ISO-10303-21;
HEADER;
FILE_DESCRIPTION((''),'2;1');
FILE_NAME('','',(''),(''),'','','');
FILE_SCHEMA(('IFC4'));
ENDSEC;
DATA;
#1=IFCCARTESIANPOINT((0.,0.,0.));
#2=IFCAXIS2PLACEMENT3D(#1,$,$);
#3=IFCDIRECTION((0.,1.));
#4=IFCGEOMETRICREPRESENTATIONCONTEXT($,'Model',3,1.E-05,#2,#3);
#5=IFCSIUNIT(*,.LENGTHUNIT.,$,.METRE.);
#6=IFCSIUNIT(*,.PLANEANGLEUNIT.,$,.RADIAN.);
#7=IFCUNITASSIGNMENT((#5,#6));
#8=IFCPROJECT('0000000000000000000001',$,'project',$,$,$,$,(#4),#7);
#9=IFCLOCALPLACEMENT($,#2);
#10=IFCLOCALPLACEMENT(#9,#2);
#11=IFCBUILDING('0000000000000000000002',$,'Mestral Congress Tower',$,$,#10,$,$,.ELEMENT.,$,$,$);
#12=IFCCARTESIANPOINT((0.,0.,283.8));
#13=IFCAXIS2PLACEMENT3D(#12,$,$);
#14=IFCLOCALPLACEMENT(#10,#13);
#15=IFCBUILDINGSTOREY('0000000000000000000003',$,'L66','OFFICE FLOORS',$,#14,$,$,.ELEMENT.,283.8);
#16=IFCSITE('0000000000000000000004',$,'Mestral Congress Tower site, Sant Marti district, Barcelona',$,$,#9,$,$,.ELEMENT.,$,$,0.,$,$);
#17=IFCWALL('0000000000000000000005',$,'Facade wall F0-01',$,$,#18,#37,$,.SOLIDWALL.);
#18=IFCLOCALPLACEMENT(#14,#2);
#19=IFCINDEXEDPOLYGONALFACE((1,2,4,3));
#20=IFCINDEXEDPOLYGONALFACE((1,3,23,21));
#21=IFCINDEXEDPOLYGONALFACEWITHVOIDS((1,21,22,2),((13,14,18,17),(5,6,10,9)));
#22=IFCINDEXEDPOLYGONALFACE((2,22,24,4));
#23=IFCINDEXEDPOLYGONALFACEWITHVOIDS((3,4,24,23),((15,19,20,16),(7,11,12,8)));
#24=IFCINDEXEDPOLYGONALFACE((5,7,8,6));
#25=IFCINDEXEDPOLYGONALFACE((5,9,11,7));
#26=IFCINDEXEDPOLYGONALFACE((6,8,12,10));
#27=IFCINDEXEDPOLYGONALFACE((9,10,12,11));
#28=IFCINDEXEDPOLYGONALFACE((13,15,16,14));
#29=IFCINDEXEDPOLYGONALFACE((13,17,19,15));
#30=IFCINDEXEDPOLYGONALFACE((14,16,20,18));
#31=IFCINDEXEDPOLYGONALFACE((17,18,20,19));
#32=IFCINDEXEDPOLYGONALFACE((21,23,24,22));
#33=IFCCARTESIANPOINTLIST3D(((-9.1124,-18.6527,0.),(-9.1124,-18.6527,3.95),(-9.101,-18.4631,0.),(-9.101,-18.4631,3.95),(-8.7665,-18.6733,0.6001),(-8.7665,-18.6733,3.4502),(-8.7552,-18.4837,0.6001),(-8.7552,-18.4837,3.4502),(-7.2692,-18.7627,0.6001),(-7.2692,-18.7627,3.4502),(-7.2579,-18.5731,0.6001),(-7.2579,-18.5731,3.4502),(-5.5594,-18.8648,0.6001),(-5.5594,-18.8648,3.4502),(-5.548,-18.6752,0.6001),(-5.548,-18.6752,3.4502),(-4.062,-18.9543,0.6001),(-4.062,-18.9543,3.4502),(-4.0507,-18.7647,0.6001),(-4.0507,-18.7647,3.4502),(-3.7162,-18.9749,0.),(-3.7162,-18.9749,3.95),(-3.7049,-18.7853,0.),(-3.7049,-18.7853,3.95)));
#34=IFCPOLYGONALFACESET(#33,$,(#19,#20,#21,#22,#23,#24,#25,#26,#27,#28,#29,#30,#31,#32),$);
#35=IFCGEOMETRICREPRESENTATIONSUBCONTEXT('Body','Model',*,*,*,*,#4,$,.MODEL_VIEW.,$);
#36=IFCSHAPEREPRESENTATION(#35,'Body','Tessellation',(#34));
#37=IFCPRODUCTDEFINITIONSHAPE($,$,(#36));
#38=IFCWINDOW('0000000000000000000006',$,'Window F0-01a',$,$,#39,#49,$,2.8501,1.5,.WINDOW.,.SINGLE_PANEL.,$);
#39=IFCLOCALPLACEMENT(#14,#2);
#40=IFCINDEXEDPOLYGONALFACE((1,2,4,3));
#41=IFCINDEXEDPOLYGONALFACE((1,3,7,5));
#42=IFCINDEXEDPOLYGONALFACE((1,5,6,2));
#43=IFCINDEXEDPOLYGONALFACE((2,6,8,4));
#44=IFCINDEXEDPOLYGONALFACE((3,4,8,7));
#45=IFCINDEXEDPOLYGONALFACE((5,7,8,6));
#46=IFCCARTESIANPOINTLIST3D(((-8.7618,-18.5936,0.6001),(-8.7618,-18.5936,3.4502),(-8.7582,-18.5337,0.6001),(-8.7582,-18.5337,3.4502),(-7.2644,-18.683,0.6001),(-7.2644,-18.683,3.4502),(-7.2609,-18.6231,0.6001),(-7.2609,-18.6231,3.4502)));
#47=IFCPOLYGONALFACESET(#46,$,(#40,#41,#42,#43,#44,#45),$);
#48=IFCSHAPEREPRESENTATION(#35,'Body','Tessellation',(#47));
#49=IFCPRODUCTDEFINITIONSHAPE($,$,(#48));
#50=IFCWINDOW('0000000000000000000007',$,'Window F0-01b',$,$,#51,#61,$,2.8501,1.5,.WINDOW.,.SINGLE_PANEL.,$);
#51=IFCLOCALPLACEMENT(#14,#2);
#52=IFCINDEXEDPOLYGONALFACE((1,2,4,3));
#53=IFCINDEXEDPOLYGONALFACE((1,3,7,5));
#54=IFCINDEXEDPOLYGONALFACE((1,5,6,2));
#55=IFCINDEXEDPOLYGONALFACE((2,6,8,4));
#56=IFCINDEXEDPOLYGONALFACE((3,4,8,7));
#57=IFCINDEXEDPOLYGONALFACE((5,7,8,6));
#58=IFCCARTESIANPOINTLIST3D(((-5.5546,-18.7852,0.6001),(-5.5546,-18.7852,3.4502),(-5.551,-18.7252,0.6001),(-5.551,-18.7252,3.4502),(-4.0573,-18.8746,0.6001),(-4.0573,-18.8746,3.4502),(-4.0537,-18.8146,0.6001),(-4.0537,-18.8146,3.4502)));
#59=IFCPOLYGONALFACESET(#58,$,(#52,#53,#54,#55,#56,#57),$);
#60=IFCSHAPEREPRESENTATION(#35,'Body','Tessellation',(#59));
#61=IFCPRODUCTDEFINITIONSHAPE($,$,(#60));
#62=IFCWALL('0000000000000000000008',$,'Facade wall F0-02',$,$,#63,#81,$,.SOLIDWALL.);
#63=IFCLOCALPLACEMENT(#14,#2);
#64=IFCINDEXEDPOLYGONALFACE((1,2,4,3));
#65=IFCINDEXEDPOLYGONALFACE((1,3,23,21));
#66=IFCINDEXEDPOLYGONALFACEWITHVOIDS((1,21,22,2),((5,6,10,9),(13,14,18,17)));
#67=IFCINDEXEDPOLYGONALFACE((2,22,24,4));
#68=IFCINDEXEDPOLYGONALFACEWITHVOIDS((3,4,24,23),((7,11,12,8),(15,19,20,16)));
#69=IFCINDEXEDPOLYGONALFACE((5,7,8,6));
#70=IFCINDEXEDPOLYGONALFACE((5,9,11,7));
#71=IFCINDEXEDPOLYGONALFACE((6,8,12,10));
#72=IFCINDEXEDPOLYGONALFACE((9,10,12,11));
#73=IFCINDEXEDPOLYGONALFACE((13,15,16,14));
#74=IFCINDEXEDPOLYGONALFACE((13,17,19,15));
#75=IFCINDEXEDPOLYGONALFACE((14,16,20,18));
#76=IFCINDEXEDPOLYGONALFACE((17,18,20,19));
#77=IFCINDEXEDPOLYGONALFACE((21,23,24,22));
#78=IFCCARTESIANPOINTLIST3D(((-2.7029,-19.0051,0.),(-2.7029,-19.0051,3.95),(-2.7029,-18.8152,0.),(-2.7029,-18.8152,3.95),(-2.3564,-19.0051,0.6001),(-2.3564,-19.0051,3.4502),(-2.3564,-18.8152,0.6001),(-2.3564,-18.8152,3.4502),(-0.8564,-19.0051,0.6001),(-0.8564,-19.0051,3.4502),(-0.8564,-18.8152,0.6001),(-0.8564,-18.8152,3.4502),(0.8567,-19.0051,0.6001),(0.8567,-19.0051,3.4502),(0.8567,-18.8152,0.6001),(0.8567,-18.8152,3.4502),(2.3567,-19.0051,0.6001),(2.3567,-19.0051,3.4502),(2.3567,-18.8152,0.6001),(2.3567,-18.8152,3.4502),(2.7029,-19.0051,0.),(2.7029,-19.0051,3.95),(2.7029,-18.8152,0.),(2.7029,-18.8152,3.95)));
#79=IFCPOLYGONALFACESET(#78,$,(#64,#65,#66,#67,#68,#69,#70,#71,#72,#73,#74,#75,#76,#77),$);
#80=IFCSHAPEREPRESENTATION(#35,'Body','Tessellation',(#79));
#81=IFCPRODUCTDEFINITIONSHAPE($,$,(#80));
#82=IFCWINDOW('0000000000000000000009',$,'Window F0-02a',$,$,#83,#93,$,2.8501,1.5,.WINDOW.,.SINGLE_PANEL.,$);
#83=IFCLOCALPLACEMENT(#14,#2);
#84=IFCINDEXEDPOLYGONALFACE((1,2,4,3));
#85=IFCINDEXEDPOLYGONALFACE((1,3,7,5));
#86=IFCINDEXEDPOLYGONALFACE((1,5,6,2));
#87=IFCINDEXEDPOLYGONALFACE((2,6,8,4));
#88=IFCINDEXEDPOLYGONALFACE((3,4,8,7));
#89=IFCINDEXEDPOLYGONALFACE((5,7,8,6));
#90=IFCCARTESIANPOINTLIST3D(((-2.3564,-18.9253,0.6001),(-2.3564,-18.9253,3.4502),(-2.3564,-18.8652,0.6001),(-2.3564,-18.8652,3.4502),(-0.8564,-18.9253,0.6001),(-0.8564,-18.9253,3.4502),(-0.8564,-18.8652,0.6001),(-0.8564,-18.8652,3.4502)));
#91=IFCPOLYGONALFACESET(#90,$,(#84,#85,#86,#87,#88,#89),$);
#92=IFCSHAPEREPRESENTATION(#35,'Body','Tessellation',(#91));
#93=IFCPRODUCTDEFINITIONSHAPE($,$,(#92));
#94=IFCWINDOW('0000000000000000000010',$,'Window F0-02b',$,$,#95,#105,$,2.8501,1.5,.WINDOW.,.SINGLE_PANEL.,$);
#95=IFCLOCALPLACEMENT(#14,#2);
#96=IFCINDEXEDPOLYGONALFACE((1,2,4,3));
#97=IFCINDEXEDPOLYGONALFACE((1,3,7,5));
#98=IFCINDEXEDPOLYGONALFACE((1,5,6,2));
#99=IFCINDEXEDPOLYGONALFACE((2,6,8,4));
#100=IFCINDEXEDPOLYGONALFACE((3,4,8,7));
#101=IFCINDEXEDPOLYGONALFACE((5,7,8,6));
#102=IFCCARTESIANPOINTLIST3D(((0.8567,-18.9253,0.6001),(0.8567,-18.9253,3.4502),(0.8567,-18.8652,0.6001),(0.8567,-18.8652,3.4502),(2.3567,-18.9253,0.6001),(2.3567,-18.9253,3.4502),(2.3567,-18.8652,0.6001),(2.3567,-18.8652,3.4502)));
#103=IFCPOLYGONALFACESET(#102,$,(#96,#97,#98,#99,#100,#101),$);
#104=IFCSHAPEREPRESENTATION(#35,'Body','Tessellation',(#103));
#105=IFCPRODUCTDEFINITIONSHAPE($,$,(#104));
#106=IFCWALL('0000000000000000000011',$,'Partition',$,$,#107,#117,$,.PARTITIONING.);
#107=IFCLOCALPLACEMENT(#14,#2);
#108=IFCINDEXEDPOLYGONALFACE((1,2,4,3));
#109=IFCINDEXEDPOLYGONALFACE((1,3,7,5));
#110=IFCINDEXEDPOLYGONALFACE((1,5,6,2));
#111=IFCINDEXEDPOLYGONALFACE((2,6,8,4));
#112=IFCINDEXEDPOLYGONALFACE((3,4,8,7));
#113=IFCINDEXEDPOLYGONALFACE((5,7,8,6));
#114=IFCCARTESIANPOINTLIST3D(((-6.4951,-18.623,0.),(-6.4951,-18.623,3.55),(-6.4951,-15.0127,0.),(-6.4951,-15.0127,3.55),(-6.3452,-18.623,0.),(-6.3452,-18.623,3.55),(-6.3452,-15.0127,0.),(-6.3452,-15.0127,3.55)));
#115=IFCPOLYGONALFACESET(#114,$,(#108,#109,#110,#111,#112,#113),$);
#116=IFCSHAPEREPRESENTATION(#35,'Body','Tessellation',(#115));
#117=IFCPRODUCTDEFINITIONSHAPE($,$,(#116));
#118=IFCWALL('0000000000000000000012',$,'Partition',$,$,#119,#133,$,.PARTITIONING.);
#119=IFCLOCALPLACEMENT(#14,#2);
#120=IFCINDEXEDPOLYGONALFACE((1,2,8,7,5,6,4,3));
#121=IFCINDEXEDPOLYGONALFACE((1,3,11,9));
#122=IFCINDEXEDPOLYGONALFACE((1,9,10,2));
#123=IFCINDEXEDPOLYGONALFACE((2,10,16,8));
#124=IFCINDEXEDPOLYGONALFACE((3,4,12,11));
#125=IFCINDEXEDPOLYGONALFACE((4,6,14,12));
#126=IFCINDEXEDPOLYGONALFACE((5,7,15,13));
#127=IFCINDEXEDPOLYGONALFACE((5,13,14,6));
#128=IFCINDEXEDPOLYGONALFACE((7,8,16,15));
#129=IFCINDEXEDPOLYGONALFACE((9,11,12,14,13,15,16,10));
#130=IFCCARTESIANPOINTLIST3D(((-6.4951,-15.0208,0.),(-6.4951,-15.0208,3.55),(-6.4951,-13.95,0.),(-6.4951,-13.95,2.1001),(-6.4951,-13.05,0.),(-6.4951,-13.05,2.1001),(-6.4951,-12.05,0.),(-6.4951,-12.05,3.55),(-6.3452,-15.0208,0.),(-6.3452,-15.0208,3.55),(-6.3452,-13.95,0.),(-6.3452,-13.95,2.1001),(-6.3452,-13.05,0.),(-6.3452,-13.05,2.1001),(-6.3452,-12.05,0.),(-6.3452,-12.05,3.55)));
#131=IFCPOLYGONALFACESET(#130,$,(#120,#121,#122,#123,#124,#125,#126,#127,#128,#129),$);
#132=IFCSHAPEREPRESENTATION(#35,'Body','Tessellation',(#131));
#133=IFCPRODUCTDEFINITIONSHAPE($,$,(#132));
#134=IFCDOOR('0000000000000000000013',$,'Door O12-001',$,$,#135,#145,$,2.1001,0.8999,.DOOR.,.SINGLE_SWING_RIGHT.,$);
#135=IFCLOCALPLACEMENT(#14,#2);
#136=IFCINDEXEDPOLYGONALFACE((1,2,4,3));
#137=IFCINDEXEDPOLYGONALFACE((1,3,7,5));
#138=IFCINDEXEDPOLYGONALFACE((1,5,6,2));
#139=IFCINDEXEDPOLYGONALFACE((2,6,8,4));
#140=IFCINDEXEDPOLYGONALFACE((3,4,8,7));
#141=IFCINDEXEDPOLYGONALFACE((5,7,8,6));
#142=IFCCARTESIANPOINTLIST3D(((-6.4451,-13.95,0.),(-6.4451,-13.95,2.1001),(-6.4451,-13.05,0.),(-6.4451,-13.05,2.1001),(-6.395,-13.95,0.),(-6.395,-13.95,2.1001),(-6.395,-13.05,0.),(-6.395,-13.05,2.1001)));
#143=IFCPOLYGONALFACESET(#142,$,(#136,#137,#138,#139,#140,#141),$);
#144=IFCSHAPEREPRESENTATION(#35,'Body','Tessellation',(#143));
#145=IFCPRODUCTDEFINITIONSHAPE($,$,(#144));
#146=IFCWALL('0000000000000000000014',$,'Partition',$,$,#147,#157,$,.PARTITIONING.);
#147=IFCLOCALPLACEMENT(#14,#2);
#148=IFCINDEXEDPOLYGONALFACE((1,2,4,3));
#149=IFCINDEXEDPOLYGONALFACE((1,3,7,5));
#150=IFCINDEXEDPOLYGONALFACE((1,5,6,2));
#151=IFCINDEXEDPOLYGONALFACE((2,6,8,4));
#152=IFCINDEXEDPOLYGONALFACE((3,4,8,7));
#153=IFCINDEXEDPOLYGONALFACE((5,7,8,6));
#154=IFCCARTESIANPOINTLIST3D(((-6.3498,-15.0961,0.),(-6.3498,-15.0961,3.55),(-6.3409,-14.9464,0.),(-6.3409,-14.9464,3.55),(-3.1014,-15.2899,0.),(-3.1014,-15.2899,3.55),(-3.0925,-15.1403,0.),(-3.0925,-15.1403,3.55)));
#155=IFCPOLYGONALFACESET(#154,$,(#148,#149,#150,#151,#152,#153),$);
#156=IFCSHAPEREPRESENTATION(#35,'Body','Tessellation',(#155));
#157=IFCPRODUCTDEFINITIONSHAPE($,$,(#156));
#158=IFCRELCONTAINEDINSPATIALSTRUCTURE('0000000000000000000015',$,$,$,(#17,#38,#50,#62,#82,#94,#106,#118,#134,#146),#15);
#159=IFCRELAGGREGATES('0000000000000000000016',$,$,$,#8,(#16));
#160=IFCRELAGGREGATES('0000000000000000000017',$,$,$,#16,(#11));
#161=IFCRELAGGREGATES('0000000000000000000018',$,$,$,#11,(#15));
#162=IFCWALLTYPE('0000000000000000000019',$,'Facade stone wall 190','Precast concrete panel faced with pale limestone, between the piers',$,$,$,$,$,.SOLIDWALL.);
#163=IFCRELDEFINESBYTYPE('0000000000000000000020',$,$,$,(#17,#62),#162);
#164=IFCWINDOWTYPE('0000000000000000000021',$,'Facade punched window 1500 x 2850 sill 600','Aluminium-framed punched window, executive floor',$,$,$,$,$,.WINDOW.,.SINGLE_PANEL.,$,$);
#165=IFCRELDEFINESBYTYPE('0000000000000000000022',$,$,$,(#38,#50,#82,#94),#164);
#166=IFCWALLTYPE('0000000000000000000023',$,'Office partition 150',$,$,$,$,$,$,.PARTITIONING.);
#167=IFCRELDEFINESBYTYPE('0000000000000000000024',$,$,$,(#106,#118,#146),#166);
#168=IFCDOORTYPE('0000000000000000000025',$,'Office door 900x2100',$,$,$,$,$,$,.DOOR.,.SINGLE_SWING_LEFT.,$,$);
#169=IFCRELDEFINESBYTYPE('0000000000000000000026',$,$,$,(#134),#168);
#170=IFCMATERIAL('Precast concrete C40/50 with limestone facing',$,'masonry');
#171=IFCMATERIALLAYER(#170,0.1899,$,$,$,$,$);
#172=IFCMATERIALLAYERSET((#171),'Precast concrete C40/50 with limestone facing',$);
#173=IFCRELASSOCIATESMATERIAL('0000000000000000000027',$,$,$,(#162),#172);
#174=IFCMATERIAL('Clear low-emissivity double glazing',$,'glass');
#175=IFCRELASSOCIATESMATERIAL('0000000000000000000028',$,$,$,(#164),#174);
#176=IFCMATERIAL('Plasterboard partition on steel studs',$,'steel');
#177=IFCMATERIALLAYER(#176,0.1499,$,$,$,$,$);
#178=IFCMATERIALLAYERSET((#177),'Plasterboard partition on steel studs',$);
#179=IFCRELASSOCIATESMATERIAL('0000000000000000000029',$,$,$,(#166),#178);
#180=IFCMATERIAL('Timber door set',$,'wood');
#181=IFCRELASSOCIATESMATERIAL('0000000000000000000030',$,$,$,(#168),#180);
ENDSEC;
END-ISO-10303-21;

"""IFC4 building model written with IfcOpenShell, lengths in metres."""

from ifc_helpers import new_model, si_unit, direction, frame, frame_2d, origin, place, context, subcontext, project, spatial, rectangle, extrude, material, layer, layer_set, type_object, element, fill, save


model = new_model("IFC4")

# Units and contexts
model_context = context("Model", 3, precision=1e-05, world=origin(), true_north=direction((0.0, 1.0)))
body_context = subcontext(model_context, "Body", "Model", "MODEL_VIEW")
ifc_project = project(units=[si_unit("LENGTHUNIT", "METRE"), si_unit("PLANEANGLEUNIT", "RADIAN")], contexts=[model_context])

# Site, building, storey
site_placement = place(None, origin())
site = spatial("IfcSite", under=ifc_project, at=site_placement, Name="Mestral Congress Tower site, Sant Marti district, Barcelona", CompositionType="ELEMENT", RefElevation=0.0)
building_placement = place(site_placement, origin())
building = spatial("IfcBuilding", under=site, at=building_placement, Name="Mestral Congress Tower", CompositionType="ELEMENT")
storey_placement = place(building_placement, frame((0.0, 0.0, 283.8)))
storey = spatial("IfcBuildingStorey", under=building, at=storey_placement, Name="L66", Description="OFFICE FLOORS", CompositionType="ELEMENT", Elevation=283.8)

# Walls, openings, windows
ifc_material_1 = material(Name="Precast concrete C40/50 with limestone facing", Category="masonry")
ifc_layer_1 = layer(ifc_material_1, 0.1899)
ifc_layer_set_1 = layer_set([ifc_layer_1], Name="Precast concrete C40/50 with limestone facing")
wall_type_1 = type_object("IfcWallType", Name="Facade stone wall 190", Description="Precast concrete panel faced with pale limestone, between the piers", PredefinedType="SOLIDWALL", material=ifc_layer_set_1)
wall_1_placement = place(storey_placement, frame((-9.1067, -18.5579, 0.0), z_axis=(0.0, 0.0, 1.0), x_axis=(0.998221, -0.059614, 0.0)))
wall_1 = element("IfcWall", 1, at=wall_1_placement, inside=storey, type_object=wall_type_1, Name="Facade wall F0-01", PredefinedType="SOLIDWALL", context=body_context, shape_type="SweptSolid", body=[
    extrude(rectangle(XDim=5.4058, YDim=0.1899, at=frame_2d((2.7029, 0.0))), origin(), (0.0, 0.0, 1.0), 3.95),
])
opening_1_placement = place(wall_1_placement, frame((0.3464, 0.0, 0.6001)))
opening_1 = element("IfcOpeningElement", 2, at=opening_1_placement, cuts=wall_1, PredefinedType="OPENING", context=body_context, shape_type="SweptSolid", body=[
    extrude(rectangle(XDim=1.5, YDim=2.8501, at=frame_2d((0.75, 1.425))), frame((0.0, 0.105, 0.0), z_axis=(0.0, -1.0, 0.0), x_axis=(1.0, 0.0, 0.0)), (0.0, 0.0, 1.0), 0.21),
])
opening_2_placement = place(wall_1_placement, frame((3.5593, 0.0, 0.6001)))
opening_2 = element("IfcOpeningElement", 3, at=opening_2_placement, cuts=wall_1, PredefinedType="OPENING", context=body_context, shape_type="SweptSolid", body=[
    extrude(rectangle(XDim=1.5, YDim=2.8501, at=frame_2d((0.75, 1.425))), frame((0.0, 0.105, 0.0), z_axis=(0.0, -1.0, 0.0), x_axis=(1.0, 0.0, 0.0)), (0.0, 0.0, 1.0), 0.21),
])
ifc_material_2 = material(Name="Clear low-emissivity double glazing", Category="glass")
window_type = type_object("IfcWindowType", Name="Facade punched window 1500 x 2850 sill 600", Description="Aluminium-framed punched window, executive floor", PartitioningType="SINGLE_PANEL", PredefinedType="WINDOW", material=ifc_material_2)
window_1_placement = place(opening_1_placement, origin())
window_1 = element("IfcWindow", 4, at=window_1_placement, inside=storey, type_object=window_type, Name="Window F0-01a", OverallHeight=2.8501, OverallWidth=1.5, PartitioningType="SINGLE_PANEL", PredefinedType="WINDOW", context=body_context, shape_type="SweptSolid", body=[
    extrude(rectangle(XDim=1.5, YDim=2.8501, at=frame_2d((0.75, 1.425))), frame((0.0, 0.0449, 0.0), z_axis=(0.0, -1.0, 0.0), x_axis=(1.0, 0.0, 0.0)), (0.0, 0.0, 1.0), 0.0601),
])
fill(opening_1, window_1)
window_2_placement = place(opening_2_placement, origin())
window_2 = element("IfcWindow", 5, at=window_2_placement, inside=storey, type_object=window_type, Name="Window F0-01b", OverallHeight=2.8501, OverallWidth=1.5, PartitioningType="SINGLE_PANEL", PredefinedType="WINDOW", context=body_context, shape_type="SweptSolid", body=[
    extrude(rectangle(XDim=1.5, YDim=2.8501, at=frame_2d((0.75, 1.425))), frame((0.0, 0.0449, 0.0), z_axis=(0.0, -1.0, 0.0), x_axis=(1.0, 0.0, 0.0)), (0.0, 0.0, 1.0), 0.0601),
])
fill(opening_2, window_2)
wall_2_placement = place(storey_placement, frame((-2.7029, -18.9102, 0.0), z_axis=(0.0, 0.0, 1.0), x_axis=(1.0, 0.0, 0.0)))
wall_2 = element("IfcWall", 6, at=wall_2_placement, inside=storey, type_object=wall_type_1, Name="Facade wall F0-02", PredefinedType="SOLIDWALL", context=body_context, shape_type="SweptSolid", body=[
    extrude(rectangle(XDim=5.4058, YDim=0.1899, at=frame_2d((2.7029, 0.0))), origin(), (0.0, 0.0, 1.0), 3.95),
])
opening_3_placement = place(wall_2_placement, frame((0.3464, 0.0, 0.6001)))
opening_3 = element("IfcOpeningElement", 7, at=opening_3_placement, cuts=wall_2, PredefinedType="OPENING", context=body_context, shape_type="SweptSolid", body=[
    extrude(rectangle(XDim=1.5, YDim=2.8501, at=frame_2d((0.75, 1.425))), frame((0.0, 0.105, 0.0), z_axis=(0.0, -1.0, 0.0), x_axis=(1.0, 0.0, 0.0)), (0.0, 0.0, 1.0), 0.21),
])
opening_4_placement = place(wall_2_placement, frame((3.5596, 0.0, 0.6001)))
opening_4 = element("IfcOpeningElement", 8, at=opening_4_placement, cuts=wall_2, PredefinedType="OPENING", context=body_context, shape_type="SweptSolid", body=[
    extrude(rectangle(XDim=1.5, YDim=2.8501, at=frame_2d((0.75, 1.425))), frame((0.0, 0.105, 0.0), z_axis=(0.0, -1.0, 0.0), x_axis=(1.0, 0.0, 0.0)), (0.0, 0.0, 1.0), 0.21),
])
window_3_placement = place(opening_3_placement, origin())
window_3 = element("IfcWindow", 9, at=window_3_placement, inside=storey, type_object=window_type, Name="Window F0-02a", OverallHeight=2.8501, OverallWidth=1.5, PartitioningType="SINGLE_PANEL", PredefinedType="WINDOW", context=body_context, shape_type="SweptSolid", body=[
    extrude(rectangle(XDim=1.5, YDim=2.8501, at=frame_2d((0.75, 1.425))), frame((0.0, 0.0449, 0.0), z_axis=(0.0, -1.0, 0.0), x_axis=(1.0, 0.0, 0.0)), (0.0, 0.0, 1.0), 0.0601),
])
fill(opening_3, window_3)
window_4_placement = place(opening_4_placement, origin())
window_4 = element("IfcWindow", 10, at=window_4_placement, inside=storey, type_object=window_type, Name="Window F0-02b", OverallHeight=2.8501, OverallWidth=1.5, PartitioningType="SINGLE_PANEL", PredefinedType="WINDOW", context=body_context, shape_type="SweptSolid", body=[
    extrude(rectangle(XDim=1.5, YDim=2.8501, at=frame_2d((0.75, 1.425))), frame((0.0, 0.0449, 0.0), z_axis=(0.0, -1.0, 0.0), x_axis=(1.0, 0.0, 0.0)), (0.0, 0.0, 1.0), 0.0601),
])
fill(opening_4, window_4)

# Wall
ifc_material_3 = material(Name="Plasterboard partition on steel studs", Category="steel")
ifc_layer_2 = layer(ifc_material_3, 0.1499)
ifc_layer_set_2 = layer_set([ifc_layer_2], Name="Plasterboard partition on steel studs")
wall_type_2 = type_object("IfcWallType", Name="Office partition 150", PredefinedType="PARTITIONING", material=ifc_layer_set_2)
wall_3_placement = place(storey_placement, frame((-6.4202, -15.0127, 0.0), z_axis=(0.0, 0.0, 1.0), x_axis=(0.0, -1.0, 0.0)))
element("IfcWall", 11, at=wall_3_placement, inside=storey, type_object=wall_type_2, Name="Partition", PredefinedType="PARTITIONING", context=body_context, shape_type="SweptSolid", body=[
    extrude(rectangle(XDim=3.6104, YDim=0.1499, at=frame_2d((1.8052, 0.0))), origin(), (0.0, 0.0, 1.0), 3.55),
])

# Wall, opening, door
wall_4_placement = place(storey_placement, frame((-6.4202, -15.0208, 0.0), z_axis=(0.0, 0.0, 1.0), x_axis=(0.0, 1.0, 0.0)))
wall_4 = element("IfcWall", 12, at=wall_4_placement, inside=storey, type_object=wall_type_2, Name="Partition", PredefinedType="PARTITIONING", context=body_context, shape_type="SweptSolid", body=[
    extrude(rectangle(XDim=2.9707, YDim=0.1499, at=frame_2d((1.4854, 0.0))), origin(), (0.0, 0.0, 1.0), 3.55),
])
opening_5_placement = place(wall_4_placement, frame((1.0708, 0.0, 0.0)))
opening_5 = element("IfcOpeningElement", 13, at=opening_5_placement, cuts=wall_4, PredefinedType="OPENING", context=body_context, shape_type="SweptSolid", body=[
    extrude(rectangle(XDim=0.8999, YDim=2.1001, at=frame_2d((0.45, 1.05))), frame((0.0, 0.085, 0.0), z_axis=(0.0, -1.0, 0.0), x_axis=(1.0, 0.0, 0.0)), (0.0, 0.0, 1.0), 0.1699),
])
ifc_material_4 = material(Name="Timber door set", Category="wood")
door_type_1 = type_object("IfcDoorType", Name="Office door 900x2100", OperationType="SINGLE_SWING_LEFT", PredefinedType="DOOR", material=ifc_material_4)
door_1_placement = place(opening_5_placement, origin())
door_1 = element("IfcDoor", 14, at=door_1_placement, inside=storey, type_object=door_type_1, Name="Door O12-001", OperationType="SINGLE_SWING_RIGHT", OverallHeight=2.1001, OverallWidth=0.8999, PredefinedType="DOOR", context=body_context, shape_type="SweptSolid", body=[
    extrude(rectangle(XDim=0.8999, YDim=2.1001, at=frame_2d((0.45, 1.05))), frame((0.0, 0.0249, 0.0), z_axis=(0.0, -1.0, 0.0), x_axis=(1.0, 0.0, 0.0)), (0.0, 0.0, 1.0), 0.05),
])
fill(opening_5, door_1)

# Wall
wall_5_placement = place(storey_placement, frame((-6.3452, -15.0212, 0.0), z_axis=(0.0, 0.0, 1.0), x_axis=(0.998224, -0.059571, 0.0)))
element("IfcWall", 15, at=wall_5_placement, inside=storey, type_object=wall_type_2, Name="Partition", PredefinedType="PARTITIONING", context=body_context, shape_type="SweptSolid", body=[
    extrude(rectangle(XDim=3.2542, YDim=0.1499, at=frame_2d((1.627, 0.0))), origin(), (0.0, 0.0, 1.0), 3.55),
])

save(model, "model.ifc")
